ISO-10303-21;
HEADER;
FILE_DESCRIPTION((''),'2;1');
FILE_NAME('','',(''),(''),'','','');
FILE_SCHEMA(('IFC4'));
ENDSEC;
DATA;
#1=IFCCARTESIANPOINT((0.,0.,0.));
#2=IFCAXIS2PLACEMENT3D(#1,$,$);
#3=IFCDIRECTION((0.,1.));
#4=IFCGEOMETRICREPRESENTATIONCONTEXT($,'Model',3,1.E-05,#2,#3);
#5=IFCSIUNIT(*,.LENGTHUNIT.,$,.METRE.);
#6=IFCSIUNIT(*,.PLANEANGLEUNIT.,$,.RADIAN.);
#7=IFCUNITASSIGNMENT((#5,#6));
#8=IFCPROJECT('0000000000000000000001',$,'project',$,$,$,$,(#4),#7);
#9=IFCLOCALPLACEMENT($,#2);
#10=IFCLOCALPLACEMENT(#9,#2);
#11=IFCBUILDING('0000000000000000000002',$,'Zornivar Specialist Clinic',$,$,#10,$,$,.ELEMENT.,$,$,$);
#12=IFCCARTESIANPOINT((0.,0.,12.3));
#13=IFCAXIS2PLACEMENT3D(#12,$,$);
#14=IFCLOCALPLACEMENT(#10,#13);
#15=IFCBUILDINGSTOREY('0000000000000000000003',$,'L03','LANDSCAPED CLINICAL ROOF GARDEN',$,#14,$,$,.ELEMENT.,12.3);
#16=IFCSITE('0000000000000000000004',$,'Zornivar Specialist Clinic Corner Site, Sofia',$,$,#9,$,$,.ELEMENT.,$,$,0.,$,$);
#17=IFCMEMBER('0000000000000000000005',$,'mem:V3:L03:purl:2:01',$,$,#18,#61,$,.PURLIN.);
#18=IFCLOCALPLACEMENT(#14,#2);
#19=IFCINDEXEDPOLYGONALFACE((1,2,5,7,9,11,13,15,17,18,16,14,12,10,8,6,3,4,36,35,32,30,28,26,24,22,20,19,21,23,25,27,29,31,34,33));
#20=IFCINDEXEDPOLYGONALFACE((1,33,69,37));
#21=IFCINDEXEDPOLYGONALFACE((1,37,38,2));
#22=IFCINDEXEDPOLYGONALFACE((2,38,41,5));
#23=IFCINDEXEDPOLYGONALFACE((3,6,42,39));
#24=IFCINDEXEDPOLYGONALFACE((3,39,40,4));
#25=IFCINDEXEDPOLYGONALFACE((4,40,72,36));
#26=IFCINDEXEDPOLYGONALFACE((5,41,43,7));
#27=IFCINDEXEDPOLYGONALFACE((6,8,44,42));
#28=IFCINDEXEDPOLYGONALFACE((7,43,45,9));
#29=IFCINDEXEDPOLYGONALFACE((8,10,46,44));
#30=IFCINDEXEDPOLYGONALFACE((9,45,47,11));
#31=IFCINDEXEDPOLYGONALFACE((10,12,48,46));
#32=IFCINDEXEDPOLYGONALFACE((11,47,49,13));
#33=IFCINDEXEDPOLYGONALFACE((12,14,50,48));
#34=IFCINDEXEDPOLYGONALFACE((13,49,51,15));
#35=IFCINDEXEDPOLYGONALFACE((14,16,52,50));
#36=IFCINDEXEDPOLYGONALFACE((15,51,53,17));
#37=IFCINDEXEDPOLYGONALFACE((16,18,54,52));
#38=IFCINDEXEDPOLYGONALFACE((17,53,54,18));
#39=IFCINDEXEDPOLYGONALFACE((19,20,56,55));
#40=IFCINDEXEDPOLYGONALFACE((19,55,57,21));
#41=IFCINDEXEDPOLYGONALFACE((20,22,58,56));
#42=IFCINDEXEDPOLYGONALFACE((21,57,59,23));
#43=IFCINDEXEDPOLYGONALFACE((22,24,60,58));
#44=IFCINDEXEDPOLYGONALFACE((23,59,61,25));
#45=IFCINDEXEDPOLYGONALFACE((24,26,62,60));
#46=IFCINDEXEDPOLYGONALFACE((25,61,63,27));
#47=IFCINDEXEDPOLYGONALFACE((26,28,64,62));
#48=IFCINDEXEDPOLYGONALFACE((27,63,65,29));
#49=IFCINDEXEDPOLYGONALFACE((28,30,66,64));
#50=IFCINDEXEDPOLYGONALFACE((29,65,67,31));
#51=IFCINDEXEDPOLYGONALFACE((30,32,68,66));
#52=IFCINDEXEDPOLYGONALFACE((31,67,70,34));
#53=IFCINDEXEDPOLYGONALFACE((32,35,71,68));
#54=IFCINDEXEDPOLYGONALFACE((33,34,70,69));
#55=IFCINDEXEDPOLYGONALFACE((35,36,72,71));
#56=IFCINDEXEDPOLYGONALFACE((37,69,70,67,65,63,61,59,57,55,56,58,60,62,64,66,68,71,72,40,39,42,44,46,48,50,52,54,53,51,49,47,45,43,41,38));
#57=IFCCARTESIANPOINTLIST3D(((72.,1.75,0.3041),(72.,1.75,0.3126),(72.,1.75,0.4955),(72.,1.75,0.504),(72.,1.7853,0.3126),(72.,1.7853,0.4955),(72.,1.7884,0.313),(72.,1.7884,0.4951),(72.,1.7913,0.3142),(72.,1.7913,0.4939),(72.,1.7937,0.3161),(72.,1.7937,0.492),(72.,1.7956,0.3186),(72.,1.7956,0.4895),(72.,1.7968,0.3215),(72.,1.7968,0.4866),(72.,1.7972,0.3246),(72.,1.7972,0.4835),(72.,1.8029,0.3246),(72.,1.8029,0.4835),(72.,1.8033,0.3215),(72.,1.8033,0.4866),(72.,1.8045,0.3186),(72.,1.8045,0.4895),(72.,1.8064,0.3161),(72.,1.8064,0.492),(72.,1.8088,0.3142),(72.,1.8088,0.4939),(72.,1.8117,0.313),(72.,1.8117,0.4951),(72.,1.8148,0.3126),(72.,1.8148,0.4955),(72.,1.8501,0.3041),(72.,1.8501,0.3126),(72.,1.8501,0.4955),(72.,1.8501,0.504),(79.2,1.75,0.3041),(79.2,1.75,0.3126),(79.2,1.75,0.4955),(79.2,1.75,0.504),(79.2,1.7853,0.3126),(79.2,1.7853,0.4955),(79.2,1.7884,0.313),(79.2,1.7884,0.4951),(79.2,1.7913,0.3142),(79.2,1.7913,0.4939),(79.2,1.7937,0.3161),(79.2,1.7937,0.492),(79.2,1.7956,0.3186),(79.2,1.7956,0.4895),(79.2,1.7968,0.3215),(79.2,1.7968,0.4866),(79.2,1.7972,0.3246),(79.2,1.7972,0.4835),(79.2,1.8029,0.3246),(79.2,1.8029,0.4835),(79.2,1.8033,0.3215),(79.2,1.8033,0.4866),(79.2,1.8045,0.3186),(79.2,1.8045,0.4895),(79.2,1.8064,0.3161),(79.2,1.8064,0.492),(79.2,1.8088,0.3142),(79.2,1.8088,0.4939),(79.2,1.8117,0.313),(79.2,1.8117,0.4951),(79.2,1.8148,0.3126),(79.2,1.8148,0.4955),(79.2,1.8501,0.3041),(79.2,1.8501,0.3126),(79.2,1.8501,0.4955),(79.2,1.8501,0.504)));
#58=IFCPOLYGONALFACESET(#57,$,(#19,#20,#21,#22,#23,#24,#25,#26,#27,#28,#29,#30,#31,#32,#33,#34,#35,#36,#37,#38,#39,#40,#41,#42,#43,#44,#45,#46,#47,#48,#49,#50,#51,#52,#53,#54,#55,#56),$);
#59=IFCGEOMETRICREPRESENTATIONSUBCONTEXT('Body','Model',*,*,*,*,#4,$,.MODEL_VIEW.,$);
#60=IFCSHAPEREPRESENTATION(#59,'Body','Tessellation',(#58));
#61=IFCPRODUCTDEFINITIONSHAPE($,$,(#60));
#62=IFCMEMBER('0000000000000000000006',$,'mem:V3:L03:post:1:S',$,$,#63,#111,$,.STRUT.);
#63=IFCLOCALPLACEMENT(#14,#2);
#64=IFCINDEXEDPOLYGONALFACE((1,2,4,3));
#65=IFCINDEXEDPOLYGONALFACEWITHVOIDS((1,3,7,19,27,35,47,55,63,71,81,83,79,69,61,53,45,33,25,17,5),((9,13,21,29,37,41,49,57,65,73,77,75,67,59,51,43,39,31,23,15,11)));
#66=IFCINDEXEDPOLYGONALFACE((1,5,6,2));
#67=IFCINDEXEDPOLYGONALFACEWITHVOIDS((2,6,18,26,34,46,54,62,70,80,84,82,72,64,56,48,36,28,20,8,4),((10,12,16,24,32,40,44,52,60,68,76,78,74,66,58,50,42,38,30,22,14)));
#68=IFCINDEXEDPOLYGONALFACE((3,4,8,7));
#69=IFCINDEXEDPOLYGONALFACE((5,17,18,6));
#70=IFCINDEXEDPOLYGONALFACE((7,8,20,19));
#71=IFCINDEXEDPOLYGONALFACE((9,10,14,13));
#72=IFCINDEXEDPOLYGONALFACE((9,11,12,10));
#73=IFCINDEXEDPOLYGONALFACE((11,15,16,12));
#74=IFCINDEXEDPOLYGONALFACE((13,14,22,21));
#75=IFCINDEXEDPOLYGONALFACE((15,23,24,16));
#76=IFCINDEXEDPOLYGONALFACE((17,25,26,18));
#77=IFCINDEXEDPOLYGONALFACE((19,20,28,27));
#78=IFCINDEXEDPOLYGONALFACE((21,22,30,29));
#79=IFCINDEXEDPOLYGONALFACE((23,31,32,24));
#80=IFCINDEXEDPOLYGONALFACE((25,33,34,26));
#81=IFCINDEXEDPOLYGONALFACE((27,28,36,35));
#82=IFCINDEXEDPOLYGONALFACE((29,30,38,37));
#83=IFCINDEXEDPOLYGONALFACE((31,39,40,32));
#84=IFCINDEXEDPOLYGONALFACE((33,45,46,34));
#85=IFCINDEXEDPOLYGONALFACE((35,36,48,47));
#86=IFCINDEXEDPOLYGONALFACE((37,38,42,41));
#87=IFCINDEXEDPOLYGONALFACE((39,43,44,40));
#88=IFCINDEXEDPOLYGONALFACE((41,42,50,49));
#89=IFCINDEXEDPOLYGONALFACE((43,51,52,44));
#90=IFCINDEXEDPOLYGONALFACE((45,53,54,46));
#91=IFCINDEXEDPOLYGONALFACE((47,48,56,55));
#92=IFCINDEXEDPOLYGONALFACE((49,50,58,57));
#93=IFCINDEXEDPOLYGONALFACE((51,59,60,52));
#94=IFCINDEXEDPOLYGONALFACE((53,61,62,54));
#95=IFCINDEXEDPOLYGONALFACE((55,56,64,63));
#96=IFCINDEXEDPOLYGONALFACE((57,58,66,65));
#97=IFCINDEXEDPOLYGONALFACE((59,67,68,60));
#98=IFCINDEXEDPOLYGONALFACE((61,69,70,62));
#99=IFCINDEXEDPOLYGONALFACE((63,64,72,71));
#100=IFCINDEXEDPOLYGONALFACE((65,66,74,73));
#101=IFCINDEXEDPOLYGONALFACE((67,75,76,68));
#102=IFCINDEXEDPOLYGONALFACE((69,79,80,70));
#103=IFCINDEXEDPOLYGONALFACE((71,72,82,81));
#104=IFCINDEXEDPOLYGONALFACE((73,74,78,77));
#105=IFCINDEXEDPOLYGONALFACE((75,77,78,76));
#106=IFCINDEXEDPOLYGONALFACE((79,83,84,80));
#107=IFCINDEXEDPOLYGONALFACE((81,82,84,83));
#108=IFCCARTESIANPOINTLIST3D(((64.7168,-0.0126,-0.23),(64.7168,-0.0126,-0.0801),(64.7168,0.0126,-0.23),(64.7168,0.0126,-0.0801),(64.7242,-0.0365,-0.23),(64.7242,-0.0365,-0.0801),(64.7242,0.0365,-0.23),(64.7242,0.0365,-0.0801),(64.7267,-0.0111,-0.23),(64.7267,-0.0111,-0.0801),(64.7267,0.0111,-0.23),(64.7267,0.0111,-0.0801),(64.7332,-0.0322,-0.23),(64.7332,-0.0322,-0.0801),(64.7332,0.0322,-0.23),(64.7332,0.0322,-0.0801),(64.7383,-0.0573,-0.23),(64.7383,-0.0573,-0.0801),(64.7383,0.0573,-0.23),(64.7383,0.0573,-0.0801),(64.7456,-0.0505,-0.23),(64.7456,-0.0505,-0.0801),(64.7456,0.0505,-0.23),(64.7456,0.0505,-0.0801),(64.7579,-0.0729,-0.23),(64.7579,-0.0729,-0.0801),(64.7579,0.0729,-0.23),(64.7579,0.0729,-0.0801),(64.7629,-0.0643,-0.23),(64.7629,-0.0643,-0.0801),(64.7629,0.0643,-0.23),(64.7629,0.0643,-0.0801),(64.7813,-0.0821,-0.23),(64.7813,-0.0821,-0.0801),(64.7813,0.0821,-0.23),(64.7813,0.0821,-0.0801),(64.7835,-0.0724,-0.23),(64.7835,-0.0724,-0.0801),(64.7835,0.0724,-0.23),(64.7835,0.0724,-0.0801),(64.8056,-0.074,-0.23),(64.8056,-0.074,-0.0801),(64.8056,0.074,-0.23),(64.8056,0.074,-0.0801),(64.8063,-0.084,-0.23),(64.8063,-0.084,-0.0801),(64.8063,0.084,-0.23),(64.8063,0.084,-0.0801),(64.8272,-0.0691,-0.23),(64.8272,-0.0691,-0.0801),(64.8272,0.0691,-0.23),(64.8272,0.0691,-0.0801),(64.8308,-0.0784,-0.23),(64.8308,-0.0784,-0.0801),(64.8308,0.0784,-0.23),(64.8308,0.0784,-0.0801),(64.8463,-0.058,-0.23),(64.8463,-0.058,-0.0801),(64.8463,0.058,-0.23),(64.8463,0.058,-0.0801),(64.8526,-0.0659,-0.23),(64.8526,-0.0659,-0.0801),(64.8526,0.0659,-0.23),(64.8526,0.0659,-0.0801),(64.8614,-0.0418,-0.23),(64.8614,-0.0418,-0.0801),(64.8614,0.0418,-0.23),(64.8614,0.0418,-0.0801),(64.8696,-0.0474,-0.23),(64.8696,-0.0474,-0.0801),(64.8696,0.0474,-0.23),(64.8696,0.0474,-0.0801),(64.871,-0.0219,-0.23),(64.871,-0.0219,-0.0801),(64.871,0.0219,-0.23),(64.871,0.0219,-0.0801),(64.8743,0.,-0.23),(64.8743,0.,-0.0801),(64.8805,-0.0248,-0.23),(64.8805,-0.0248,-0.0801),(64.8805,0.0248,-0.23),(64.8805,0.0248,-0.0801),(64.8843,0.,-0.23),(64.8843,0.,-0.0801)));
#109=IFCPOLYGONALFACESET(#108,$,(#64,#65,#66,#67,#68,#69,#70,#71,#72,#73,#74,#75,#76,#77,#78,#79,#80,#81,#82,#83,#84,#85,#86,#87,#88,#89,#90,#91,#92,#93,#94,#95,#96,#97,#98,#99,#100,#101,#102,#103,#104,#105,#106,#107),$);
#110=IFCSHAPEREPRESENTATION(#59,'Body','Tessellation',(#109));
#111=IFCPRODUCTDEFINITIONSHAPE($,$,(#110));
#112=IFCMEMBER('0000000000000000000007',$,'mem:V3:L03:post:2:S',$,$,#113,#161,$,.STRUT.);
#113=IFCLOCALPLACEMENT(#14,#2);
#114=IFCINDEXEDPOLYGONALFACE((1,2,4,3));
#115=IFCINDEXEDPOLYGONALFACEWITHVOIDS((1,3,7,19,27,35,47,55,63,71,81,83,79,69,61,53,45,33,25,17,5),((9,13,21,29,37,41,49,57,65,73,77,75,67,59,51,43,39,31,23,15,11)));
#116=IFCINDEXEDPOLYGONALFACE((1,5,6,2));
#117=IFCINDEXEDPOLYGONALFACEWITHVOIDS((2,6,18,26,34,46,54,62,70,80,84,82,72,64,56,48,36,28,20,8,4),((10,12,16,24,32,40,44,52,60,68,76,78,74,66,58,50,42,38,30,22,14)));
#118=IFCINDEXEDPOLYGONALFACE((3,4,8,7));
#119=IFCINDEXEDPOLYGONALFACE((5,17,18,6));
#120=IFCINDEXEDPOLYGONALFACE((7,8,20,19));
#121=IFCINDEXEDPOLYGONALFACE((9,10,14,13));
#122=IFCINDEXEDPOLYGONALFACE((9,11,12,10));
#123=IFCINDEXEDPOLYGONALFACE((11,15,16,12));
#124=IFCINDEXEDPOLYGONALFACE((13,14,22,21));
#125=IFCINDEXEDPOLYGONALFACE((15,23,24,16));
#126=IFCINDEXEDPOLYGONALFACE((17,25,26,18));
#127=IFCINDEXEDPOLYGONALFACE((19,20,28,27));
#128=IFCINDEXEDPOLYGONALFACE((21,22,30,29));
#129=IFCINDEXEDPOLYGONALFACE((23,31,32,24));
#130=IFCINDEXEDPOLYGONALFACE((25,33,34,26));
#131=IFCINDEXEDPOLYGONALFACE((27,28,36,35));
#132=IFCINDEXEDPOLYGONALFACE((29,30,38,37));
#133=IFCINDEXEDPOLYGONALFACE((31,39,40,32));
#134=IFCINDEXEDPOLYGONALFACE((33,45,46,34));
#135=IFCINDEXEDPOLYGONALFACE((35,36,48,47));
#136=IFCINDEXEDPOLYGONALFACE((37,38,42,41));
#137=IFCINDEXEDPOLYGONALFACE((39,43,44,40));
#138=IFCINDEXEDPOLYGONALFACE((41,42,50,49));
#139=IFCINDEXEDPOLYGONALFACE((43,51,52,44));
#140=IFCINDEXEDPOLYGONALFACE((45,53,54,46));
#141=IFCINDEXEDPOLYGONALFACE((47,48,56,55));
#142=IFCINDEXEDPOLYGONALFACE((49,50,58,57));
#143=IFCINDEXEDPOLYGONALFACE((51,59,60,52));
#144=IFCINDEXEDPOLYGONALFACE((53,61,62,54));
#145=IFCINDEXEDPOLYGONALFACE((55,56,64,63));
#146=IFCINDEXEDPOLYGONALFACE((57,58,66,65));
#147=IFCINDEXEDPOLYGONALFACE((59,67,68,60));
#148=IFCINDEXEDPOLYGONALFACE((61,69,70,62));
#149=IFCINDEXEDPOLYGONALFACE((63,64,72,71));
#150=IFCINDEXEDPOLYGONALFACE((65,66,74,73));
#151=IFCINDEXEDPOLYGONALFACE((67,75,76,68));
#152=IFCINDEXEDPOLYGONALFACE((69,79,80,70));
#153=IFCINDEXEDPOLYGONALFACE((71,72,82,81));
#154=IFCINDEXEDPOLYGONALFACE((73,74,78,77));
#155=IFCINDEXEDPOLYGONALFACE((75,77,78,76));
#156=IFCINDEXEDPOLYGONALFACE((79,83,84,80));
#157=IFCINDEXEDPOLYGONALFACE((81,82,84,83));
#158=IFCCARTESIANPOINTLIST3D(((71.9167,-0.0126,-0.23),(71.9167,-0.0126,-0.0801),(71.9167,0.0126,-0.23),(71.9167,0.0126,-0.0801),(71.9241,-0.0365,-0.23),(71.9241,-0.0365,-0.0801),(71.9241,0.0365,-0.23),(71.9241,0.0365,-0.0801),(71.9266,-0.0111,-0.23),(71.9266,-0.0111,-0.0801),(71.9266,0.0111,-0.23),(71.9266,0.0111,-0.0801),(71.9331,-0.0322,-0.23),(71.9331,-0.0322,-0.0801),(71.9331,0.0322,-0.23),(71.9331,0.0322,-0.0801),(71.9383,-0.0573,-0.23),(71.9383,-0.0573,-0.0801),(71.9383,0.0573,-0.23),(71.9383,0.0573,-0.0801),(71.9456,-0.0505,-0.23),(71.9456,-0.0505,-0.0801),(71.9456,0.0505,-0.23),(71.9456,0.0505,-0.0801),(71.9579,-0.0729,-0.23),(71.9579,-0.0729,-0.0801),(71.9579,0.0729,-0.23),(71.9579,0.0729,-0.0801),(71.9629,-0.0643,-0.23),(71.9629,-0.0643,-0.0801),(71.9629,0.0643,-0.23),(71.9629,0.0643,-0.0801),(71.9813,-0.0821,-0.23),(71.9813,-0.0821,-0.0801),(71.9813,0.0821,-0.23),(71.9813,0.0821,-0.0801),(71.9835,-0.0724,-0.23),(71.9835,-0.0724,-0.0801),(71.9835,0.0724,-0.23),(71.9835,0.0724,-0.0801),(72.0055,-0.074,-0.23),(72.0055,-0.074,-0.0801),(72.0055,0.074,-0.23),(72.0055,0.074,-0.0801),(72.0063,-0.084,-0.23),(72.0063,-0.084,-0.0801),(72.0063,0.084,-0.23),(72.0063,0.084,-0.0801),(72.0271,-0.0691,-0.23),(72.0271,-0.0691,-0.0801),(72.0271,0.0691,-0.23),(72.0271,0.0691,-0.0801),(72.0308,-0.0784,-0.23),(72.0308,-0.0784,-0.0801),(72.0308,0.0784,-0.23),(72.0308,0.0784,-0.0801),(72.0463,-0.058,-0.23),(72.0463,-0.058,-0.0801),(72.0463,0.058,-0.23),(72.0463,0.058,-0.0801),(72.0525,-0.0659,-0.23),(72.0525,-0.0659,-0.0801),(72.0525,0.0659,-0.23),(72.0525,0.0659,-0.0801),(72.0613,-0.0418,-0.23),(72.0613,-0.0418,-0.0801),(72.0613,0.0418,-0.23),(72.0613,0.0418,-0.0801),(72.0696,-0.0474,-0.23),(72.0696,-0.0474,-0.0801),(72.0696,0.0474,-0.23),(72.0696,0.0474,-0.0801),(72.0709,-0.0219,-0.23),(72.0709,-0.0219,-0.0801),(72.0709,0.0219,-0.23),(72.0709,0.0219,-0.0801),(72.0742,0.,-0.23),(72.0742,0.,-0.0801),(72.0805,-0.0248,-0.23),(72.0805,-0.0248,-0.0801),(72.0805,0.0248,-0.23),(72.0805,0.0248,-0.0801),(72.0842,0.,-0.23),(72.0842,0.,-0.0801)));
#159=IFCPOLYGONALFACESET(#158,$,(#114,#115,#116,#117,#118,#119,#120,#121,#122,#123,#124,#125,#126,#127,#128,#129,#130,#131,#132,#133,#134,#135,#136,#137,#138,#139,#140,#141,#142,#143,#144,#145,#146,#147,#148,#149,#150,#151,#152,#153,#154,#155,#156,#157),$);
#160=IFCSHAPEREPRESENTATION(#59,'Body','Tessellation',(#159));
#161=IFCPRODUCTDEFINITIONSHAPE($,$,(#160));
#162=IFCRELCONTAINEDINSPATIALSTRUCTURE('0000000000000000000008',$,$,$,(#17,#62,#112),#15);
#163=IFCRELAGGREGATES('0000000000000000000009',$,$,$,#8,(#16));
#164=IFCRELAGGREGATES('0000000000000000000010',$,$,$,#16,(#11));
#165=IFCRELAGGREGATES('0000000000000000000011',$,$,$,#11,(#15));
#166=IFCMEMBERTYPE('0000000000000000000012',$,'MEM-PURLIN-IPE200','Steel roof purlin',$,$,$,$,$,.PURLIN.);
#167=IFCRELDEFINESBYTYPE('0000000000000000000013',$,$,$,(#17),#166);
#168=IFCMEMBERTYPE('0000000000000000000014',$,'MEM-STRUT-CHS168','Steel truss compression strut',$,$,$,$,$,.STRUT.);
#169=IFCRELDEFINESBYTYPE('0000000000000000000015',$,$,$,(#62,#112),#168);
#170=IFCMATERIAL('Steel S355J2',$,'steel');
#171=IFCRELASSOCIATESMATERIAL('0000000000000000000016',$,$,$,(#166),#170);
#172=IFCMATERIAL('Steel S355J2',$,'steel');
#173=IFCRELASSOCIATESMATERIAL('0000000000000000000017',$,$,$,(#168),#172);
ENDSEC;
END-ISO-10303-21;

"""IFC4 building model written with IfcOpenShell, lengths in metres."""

from ifc_helpers import new_model, si_unit, direction, frame, origin, origin_2d, place, context, subcontext, project, spatial, hollow_circle, i_section, extrude, material, material_profile, profile_set, type_object, element, save


model = new_model("IFC4")

# Units and contexts
model_context = context("Model", 3, precision=1e-05, world=origin(), true_north=direction((0.0, 1.0)))
body_context = subcontext(model_context, "Body", "Model", "MODEL_VIEW")
ifc_project = project(units=[si_unit("LENGTHUNIT", "METRE"), si_unit("PLANEANGLEUNIT", "RADIAN")], contexts=[model_context])

# Site, building, storey
site_placement = place(None, origin())
site = spatial("IfcSite", under=ifc_project, at=site_placement, Name="Zornivar Specialist Clinic Corner Site, Sofia", CompositionType="ELEMENT", RefElevation=0.0)
building_placement = place(site_placement, origin())
building = spatial("IfcBuilding", under=site, at=building_placement, Name="Zornivar Specialist Clinic", CompositionType="ELEMENT")
storey_placement = place(building_placement, frame((0.0, 0.0, 12.3)))
storey = spatial("IfcBuildingStorey", under=building, at=storey_placement, Name="L03", Description="LANDSCAPED CLINICAL ROOF GARDEN", CompositionType="ELEMENT", Elevation=12.3)

# Members
ifc_material_1 = material(Name="Steel S355J2", Category="steel")
ifc_material_profile_1 = material_profile(ifc_material_1, i_section(OverallWidth=0.1001, OverallDepth=0.2, WebThickness=0.0056, FlangeThickness=0.0085, FilletRadius=0.012, at=origin_2d()), Name="IPE 200")
ifc_profile_set_1 = profile_set([ifc_material_profile_1], Name="Steel S355J2")
member_type_1 = type_object("IfcMemberType", Name="MEM-PURLIN-IPE200", Description="Steel roof purlin", PredefinedType="PURLIN", material=ifc_profile_set_1)
for number, where, z_axis, x_axis, name in (
    (1, (72.0, 1.8, 0.4041), (1.0, 0.0, 0.0), (0.0, 1.0, 0.0), "mem:V3:L03:purl:2:01"),
):
    element("IfcMember", number, at=place(storey_placement, frame(where, z_axis=z_axis, x_axis=x_axis)), inside=storey, type_object=member_type_1, Name=name, PredefinedType="PURLIN", context=body_context, shape_type="SweptSolid", body=[
        extrude(i_section(OverallWidth=0.1001, OverallDepth=0.2, WebThickness=0.0056, FlangeThickness=0.0085, FilletRadius=0.012, at=origin_2d()), origin(), (0.0, 0.0, 1.0), 7.2),
    ])
ifc_material_2 = material(Name="Steel S355J2", Category="steel")
ifc_material_profile_2 = material_profile(ifc_material_2, hollow_circle(Radius=0.0842, WallThickness=0.01, at=origin_2d()), Name="CHS 168.3x10")
ifc_profile_set_2 = profile_set([ifc_material_profile_2], Name="Steel S355J2")
member_type_2 = type_object("IfcMemberType", Name="MEM-STRUT-CHS168", Description="Steel truss compression strut", PredefinedType="STRUT", material=ifc_profile_set_2)
for number, where, z_axis, x_axis, name in (
    (2, (64.8, 0.0, -0.0801), (0.0, 0.0, -1.0), (1.0, 0.0, 0.0), "mem:V3:L03:post:1:S"),
    (3, (72.0, 0.0, -0.0801), (0.0, 0.0, -1.0), (1.0, 0.0, 0.0), "mem:V3:L03:post:2:S"),
):
    element("IfcMember", number, at=place(storey_placement, frame(where, z_axis=z_axis, x_axis=x_axis)), inside=storey, type_object=member_type_2, Name=name, PredefinedType="STRUT", context=body_context, shape_type="SweptSolid", body=[
        extrude(hollow_circle(Radius=0.0842, WallThickness=0.01, at=origin_2d()), origin(), (0.0, 0.0, 1.0), 0.1499),
    ])

save(model, "model.ifc")
